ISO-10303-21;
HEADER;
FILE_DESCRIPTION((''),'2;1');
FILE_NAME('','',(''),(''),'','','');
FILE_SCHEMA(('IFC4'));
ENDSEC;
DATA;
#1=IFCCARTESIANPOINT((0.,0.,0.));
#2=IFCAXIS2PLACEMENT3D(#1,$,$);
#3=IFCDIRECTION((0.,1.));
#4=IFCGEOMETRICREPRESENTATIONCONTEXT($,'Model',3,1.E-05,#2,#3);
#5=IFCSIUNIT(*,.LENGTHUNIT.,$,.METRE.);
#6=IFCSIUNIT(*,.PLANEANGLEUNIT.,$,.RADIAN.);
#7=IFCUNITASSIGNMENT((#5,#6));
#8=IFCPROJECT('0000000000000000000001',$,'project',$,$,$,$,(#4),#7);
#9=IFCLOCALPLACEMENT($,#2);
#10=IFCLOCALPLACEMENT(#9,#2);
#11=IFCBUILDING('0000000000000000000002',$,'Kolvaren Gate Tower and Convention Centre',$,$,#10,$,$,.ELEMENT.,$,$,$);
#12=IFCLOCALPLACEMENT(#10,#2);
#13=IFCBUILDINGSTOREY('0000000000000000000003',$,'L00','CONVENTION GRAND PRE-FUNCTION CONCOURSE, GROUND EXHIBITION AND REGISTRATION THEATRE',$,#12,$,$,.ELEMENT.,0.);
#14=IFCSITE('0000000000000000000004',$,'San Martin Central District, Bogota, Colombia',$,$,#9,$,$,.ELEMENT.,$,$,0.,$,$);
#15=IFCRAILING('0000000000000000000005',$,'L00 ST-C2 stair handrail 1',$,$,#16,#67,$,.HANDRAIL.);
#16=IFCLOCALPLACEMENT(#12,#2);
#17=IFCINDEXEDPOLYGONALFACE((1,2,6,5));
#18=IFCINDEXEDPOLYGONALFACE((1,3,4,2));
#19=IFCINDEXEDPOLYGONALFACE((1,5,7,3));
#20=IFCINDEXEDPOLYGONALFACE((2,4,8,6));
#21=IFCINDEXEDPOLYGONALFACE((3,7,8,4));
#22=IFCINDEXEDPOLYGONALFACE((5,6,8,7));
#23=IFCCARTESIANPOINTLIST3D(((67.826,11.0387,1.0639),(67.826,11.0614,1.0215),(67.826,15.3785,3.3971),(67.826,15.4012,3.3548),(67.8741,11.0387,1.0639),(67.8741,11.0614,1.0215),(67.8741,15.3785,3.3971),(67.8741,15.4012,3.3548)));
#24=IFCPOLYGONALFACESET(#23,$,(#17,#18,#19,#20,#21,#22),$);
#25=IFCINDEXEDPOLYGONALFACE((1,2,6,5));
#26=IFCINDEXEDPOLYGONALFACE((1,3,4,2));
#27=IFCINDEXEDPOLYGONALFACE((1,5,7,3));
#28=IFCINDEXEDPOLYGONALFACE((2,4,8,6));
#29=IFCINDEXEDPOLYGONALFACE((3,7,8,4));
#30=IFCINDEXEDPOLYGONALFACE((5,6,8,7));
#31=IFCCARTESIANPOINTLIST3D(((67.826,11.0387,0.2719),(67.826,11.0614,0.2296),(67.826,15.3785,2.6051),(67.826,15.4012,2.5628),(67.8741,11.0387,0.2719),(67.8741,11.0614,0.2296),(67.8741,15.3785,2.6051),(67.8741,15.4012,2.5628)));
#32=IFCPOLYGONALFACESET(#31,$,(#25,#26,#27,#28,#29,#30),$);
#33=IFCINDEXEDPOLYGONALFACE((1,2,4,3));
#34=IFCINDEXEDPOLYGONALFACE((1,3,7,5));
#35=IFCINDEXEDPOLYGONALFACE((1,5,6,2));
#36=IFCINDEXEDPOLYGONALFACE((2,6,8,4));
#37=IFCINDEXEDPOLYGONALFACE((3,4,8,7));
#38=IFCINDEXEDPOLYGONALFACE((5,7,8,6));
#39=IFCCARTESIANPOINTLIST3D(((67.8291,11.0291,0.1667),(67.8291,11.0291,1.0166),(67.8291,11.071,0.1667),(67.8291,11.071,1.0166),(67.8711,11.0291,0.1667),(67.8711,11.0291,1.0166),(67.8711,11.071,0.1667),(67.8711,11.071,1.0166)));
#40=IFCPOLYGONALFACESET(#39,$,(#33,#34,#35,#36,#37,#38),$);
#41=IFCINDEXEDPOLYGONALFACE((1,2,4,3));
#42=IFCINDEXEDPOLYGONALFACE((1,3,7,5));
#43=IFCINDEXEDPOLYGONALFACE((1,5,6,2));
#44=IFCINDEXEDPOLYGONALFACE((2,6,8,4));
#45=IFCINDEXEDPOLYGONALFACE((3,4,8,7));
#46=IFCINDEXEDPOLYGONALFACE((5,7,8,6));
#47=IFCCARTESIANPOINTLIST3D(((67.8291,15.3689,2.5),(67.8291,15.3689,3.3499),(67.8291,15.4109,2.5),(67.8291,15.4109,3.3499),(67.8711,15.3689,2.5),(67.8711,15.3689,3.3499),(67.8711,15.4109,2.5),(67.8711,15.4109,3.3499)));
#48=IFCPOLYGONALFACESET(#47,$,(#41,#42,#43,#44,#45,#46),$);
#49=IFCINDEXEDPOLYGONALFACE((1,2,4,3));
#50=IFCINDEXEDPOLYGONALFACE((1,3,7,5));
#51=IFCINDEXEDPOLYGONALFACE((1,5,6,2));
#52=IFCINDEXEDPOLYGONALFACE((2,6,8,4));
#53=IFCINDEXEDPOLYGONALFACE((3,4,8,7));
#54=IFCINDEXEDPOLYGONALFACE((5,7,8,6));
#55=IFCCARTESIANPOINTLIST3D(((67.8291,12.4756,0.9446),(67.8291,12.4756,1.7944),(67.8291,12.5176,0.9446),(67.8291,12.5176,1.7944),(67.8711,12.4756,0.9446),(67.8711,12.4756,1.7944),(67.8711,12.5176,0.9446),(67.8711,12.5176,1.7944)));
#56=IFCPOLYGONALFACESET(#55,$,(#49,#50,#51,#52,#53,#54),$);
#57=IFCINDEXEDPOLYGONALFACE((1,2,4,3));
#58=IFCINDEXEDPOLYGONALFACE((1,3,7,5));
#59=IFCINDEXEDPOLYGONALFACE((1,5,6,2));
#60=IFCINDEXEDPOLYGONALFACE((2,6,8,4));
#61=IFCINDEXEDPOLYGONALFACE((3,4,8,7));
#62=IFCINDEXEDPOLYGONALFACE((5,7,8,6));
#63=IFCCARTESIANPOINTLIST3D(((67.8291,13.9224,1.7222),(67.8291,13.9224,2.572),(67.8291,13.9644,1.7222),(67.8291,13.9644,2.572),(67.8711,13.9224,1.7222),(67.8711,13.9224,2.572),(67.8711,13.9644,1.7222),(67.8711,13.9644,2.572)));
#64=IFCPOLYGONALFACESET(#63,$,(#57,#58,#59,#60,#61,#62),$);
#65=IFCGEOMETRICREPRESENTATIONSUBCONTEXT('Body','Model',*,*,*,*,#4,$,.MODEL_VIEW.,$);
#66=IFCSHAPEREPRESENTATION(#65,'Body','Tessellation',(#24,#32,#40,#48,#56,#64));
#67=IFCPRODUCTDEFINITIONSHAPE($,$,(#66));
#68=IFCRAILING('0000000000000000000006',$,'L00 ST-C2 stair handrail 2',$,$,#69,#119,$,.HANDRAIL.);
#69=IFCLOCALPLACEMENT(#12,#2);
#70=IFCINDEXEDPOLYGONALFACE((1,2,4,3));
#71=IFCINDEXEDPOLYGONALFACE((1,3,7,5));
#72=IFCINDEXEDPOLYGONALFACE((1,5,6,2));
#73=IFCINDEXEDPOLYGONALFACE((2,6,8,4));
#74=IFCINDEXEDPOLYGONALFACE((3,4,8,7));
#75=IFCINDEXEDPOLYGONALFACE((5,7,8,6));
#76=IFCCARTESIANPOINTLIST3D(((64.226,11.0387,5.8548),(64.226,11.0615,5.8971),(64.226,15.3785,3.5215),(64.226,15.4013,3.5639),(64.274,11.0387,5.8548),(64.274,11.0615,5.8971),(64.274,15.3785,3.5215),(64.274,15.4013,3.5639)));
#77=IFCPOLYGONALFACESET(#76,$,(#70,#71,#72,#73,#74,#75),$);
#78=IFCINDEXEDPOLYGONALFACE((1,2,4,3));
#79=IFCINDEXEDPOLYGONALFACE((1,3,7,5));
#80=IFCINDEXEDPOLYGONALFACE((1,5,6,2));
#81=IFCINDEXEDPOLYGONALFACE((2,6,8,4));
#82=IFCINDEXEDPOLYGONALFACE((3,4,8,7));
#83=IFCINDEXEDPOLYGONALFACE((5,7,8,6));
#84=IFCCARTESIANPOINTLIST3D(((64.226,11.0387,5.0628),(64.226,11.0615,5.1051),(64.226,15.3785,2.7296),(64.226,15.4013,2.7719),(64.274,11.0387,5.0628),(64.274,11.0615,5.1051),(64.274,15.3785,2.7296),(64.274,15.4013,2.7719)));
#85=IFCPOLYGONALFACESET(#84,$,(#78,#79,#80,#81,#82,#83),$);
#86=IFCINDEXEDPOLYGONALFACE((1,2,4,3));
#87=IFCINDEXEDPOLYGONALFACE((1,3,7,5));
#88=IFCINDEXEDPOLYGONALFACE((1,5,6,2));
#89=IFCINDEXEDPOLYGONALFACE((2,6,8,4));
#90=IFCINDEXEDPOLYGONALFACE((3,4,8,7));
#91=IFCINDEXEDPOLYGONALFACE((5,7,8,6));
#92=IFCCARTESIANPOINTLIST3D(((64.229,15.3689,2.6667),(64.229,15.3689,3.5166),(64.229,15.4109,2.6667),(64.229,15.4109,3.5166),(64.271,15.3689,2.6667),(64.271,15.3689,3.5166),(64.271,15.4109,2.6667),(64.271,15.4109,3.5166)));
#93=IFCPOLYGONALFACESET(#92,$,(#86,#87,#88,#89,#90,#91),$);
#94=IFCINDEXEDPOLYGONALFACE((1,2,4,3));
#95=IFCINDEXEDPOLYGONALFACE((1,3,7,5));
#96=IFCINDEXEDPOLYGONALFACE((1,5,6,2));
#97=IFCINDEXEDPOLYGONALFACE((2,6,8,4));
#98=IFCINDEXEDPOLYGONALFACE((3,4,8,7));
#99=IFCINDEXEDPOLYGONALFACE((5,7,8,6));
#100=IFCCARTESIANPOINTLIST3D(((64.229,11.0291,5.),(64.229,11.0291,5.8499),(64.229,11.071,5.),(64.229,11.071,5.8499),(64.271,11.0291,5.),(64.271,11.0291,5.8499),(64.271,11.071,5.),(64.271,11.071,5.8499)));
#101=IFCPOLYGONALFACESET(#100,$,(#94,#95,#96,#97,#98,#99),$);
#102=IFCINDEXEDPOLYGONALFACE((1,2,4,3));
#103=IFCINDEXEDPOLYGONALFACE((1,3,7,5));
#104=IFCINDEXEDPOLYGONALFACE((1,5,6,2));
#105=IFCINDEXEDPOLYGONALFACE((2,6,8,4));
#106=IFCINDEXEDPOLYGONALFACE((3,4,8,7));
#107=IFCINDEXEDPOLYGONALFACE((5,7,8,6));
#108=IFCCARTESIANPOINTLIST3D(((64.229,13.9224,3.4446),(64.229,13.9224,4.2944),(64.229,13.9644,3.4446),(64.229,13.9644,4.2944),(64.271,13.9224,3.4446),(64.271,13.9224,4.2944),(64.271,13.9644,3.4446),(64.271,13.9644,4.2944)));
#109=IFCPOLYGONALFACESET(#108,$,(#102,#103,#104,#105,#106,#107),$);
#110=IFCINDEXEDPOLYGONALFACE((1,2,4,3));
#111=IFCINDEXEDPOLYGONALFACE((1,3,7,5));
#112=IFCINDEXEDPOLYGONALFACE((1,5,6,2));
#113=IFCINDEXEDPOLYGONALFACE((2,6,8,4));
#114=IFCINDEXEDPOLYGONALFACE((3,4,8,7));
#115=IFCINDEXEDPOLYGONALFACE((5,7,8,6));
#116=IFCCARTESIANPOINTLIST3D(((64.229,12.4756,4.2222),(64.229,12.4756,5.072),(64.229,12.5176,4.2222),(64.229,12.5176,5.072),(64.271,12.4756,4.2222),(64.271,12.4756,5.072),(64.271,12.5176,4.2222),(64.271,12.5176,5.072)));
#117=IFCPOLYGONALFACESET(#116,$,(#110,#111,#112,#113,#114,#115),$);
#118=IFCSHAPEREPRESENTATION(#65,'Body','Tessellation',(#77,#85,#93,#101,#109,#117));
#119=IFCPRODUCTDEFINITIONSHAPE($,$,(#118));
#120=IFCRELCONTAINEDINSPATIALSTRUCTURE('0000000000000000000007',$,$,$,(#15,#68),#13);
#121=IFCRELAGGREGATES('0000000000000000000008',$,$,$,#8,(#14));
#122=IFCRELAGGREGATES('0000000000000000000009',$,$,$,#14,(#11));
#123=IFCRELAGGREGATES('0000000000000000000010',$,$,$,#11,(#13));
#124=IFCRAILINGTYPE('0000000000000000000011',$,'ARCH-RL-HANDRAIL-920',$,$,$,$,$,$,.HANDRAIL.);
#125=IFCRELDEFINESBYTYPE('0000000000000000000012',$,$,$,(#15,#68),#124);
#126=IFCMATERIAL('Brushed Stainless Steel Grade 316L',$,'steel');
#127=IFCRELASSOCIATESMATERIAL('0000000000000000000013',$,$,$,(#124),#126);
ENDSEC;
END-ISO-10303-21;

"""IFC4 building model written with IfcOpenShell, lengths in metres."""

from ifc_helpers import new_model, si_unit, direction, frame, origin, origin_2d, place, context, subcontext, project, spatial, rectangle, extrude, material, type_object, element, save


model = new_model("IFC4")

# Units and contexts
model_context = context("Model", 3, precision=1e-05, world=origin(), true_north=direction((0.0, 1.0)))
body_context = subcontext(model_context, "Body", "Model", "MODEL_VIEW")
ifc_project = project(units=[si_unit("LENGTHUNIT", "METRE"), si_unit("PLANEANGLEUNIT", "RADIAN")], contexts=[model_context])

# Site, building, storey
site_placement = place(None, origin())
site = spatial("IfcSite", under=ifc_project, at=site_placement, Name="San Martin Central District, Bogota, Colombia", CompositionType="ELEMENT", RefElevation=0.0)
building_placement = place(site_placement, origin())
building = spatial("IfcBuilding", under=site, at=building_placement, Name="Kolvaren Gate Tower and Convention Centre", CompositionType="ELEMENT")
storey_placement = place(building_placement, origin())
storey = spatial("IfcBuildingStorey", under=building, at=storey_placement, Name="L00", Description="CONVENTION GRAND PRE-FUNCTION CONCOURSE, GROUND EXHIBITION AND REGISTRATION THEATRE", CompositionType="ELEMENT", Elevation=0.0)

# Railings
ifc_material_1 = material(Name="Brushed Stainless Steel Grade 316L", Category="steel")
railing_type_1 = type_object("IfcRailingType", Name="ARCH-RL-HANDRAIL-920", PredefinedType="HANDRAIL", material=ifc_material_1)
railing_1_placement = place(storey_placement, frame((67.8501, 11.05, 0.1667)))
element("IfcRailing", 1, at=railing_1_placement, inside=storey, type_object=railing_type_1, Name="L00 ST-C2 stair handrail 1", PredefinedType="HANDRAIL", context=body_context, shape_type="SweptSolid", body=[
    extrude(rectangle(XDim=0.0481, YDim=0.0481, at=origin_2d()), frame((0.0, 0.0, 0.876), z_axis=(0.0, 0.880775, 0.473535), x_axis=(-1.0, 0.0, 0.0)), (0.0, 0.0, 1.0), 4.9272),
    extrude(rectangle(XDim=0.0481, YDim=0.0481, at=origin_2d()), frame((0.0, 0.0, 0.084), z_axis=(0.0, 0.880775, 0.473535), x_axis=(-1.0, 0.0, 0.0)), (0.0, 0.0, 1.0), 4.9272),
    extrude(rectangle(XDim=0.042, YDim=0.042, at=origin_2d()), origin(), (0.0, 0.0, 1.0), 0.8499),
    extrude(rectangle(XDim=0.042, YDim=0.042, at=origin_2d()), frame((0.0, 4.3398, 2.3333)), (0.0, 0.0, 1.0), 0.8499),
    extrude(rectangle(XDim=0.042, YDim=0.042, at=origin_2d()), frame((0.0, 1.4465, 0.7778)), (0.0, 0.0, 1.0), 0.8499),
    extrude(rectangle(XDim=0.042, YDim=0.042, at=origin_2d()), frame((0.0, 2.8933, 1.5554)), (0.0, 0.0, 1.0), 0.8499),
])
railing_2_placement = place(storey_placement, frame((64.25, 15.3899, 2.6667)))
element("IfcRailing", 2, at=railing_2_placement, inside=storey, type_object=railing_type_1, Name="L00 ST-C2 stair handrail 2", PredefinedType="HANDRAIL", context=body_context, shape_type="SweptSolid", body=[
    extrude(rectangle(XDim=0.0481, YDim=0.0481, at=origin_2d()), frame((0.0, 0.0, 0.876), z_axis=(0.0, -0.880775, 0.473535), x_axis=(1.0, 0.0, 0.0)), (0.0, 0.0, 1.0), 4.9272),
    extrude(rectangle(XDim=0.0481, YDim=0.0481, at=origin_2d()), frame((0.0, 0.0, 0.084), z_axis=(0.0, -0.880775, 0.473535), x_axis=(1.0, 0.0, 0.0)), (0.0, 0.0, 1.0), 4.9272),
    extrude(rectangle(XDim=0.042, YDim=0.042, at=origin_2d()), origin(), (0.0, 0.0, 1.0), 0.8499),
    extrude(rectangle(XDim=0.042, YDim=0.042, at=origin_2d()), frame((0.0, -4.3398, 2.3333)), (0.0, 0.0, 1.0), 0.8499),
    extrude(rectangle(XDim=0.042, YDim=0.042, at=origin_2d()), frame((0.0, -1.4465, 0.7778)), (0.0, 0.0, 1.0), 0.8499),
    extrude(rectangle(XDim=0.042, YDim=0.042, at=origin_2d()), frame((0.0, -2.8933, 1.5554)), (0.0, 0.0, 1.0), 0.8499),
])

save(model, "model.ifc")
